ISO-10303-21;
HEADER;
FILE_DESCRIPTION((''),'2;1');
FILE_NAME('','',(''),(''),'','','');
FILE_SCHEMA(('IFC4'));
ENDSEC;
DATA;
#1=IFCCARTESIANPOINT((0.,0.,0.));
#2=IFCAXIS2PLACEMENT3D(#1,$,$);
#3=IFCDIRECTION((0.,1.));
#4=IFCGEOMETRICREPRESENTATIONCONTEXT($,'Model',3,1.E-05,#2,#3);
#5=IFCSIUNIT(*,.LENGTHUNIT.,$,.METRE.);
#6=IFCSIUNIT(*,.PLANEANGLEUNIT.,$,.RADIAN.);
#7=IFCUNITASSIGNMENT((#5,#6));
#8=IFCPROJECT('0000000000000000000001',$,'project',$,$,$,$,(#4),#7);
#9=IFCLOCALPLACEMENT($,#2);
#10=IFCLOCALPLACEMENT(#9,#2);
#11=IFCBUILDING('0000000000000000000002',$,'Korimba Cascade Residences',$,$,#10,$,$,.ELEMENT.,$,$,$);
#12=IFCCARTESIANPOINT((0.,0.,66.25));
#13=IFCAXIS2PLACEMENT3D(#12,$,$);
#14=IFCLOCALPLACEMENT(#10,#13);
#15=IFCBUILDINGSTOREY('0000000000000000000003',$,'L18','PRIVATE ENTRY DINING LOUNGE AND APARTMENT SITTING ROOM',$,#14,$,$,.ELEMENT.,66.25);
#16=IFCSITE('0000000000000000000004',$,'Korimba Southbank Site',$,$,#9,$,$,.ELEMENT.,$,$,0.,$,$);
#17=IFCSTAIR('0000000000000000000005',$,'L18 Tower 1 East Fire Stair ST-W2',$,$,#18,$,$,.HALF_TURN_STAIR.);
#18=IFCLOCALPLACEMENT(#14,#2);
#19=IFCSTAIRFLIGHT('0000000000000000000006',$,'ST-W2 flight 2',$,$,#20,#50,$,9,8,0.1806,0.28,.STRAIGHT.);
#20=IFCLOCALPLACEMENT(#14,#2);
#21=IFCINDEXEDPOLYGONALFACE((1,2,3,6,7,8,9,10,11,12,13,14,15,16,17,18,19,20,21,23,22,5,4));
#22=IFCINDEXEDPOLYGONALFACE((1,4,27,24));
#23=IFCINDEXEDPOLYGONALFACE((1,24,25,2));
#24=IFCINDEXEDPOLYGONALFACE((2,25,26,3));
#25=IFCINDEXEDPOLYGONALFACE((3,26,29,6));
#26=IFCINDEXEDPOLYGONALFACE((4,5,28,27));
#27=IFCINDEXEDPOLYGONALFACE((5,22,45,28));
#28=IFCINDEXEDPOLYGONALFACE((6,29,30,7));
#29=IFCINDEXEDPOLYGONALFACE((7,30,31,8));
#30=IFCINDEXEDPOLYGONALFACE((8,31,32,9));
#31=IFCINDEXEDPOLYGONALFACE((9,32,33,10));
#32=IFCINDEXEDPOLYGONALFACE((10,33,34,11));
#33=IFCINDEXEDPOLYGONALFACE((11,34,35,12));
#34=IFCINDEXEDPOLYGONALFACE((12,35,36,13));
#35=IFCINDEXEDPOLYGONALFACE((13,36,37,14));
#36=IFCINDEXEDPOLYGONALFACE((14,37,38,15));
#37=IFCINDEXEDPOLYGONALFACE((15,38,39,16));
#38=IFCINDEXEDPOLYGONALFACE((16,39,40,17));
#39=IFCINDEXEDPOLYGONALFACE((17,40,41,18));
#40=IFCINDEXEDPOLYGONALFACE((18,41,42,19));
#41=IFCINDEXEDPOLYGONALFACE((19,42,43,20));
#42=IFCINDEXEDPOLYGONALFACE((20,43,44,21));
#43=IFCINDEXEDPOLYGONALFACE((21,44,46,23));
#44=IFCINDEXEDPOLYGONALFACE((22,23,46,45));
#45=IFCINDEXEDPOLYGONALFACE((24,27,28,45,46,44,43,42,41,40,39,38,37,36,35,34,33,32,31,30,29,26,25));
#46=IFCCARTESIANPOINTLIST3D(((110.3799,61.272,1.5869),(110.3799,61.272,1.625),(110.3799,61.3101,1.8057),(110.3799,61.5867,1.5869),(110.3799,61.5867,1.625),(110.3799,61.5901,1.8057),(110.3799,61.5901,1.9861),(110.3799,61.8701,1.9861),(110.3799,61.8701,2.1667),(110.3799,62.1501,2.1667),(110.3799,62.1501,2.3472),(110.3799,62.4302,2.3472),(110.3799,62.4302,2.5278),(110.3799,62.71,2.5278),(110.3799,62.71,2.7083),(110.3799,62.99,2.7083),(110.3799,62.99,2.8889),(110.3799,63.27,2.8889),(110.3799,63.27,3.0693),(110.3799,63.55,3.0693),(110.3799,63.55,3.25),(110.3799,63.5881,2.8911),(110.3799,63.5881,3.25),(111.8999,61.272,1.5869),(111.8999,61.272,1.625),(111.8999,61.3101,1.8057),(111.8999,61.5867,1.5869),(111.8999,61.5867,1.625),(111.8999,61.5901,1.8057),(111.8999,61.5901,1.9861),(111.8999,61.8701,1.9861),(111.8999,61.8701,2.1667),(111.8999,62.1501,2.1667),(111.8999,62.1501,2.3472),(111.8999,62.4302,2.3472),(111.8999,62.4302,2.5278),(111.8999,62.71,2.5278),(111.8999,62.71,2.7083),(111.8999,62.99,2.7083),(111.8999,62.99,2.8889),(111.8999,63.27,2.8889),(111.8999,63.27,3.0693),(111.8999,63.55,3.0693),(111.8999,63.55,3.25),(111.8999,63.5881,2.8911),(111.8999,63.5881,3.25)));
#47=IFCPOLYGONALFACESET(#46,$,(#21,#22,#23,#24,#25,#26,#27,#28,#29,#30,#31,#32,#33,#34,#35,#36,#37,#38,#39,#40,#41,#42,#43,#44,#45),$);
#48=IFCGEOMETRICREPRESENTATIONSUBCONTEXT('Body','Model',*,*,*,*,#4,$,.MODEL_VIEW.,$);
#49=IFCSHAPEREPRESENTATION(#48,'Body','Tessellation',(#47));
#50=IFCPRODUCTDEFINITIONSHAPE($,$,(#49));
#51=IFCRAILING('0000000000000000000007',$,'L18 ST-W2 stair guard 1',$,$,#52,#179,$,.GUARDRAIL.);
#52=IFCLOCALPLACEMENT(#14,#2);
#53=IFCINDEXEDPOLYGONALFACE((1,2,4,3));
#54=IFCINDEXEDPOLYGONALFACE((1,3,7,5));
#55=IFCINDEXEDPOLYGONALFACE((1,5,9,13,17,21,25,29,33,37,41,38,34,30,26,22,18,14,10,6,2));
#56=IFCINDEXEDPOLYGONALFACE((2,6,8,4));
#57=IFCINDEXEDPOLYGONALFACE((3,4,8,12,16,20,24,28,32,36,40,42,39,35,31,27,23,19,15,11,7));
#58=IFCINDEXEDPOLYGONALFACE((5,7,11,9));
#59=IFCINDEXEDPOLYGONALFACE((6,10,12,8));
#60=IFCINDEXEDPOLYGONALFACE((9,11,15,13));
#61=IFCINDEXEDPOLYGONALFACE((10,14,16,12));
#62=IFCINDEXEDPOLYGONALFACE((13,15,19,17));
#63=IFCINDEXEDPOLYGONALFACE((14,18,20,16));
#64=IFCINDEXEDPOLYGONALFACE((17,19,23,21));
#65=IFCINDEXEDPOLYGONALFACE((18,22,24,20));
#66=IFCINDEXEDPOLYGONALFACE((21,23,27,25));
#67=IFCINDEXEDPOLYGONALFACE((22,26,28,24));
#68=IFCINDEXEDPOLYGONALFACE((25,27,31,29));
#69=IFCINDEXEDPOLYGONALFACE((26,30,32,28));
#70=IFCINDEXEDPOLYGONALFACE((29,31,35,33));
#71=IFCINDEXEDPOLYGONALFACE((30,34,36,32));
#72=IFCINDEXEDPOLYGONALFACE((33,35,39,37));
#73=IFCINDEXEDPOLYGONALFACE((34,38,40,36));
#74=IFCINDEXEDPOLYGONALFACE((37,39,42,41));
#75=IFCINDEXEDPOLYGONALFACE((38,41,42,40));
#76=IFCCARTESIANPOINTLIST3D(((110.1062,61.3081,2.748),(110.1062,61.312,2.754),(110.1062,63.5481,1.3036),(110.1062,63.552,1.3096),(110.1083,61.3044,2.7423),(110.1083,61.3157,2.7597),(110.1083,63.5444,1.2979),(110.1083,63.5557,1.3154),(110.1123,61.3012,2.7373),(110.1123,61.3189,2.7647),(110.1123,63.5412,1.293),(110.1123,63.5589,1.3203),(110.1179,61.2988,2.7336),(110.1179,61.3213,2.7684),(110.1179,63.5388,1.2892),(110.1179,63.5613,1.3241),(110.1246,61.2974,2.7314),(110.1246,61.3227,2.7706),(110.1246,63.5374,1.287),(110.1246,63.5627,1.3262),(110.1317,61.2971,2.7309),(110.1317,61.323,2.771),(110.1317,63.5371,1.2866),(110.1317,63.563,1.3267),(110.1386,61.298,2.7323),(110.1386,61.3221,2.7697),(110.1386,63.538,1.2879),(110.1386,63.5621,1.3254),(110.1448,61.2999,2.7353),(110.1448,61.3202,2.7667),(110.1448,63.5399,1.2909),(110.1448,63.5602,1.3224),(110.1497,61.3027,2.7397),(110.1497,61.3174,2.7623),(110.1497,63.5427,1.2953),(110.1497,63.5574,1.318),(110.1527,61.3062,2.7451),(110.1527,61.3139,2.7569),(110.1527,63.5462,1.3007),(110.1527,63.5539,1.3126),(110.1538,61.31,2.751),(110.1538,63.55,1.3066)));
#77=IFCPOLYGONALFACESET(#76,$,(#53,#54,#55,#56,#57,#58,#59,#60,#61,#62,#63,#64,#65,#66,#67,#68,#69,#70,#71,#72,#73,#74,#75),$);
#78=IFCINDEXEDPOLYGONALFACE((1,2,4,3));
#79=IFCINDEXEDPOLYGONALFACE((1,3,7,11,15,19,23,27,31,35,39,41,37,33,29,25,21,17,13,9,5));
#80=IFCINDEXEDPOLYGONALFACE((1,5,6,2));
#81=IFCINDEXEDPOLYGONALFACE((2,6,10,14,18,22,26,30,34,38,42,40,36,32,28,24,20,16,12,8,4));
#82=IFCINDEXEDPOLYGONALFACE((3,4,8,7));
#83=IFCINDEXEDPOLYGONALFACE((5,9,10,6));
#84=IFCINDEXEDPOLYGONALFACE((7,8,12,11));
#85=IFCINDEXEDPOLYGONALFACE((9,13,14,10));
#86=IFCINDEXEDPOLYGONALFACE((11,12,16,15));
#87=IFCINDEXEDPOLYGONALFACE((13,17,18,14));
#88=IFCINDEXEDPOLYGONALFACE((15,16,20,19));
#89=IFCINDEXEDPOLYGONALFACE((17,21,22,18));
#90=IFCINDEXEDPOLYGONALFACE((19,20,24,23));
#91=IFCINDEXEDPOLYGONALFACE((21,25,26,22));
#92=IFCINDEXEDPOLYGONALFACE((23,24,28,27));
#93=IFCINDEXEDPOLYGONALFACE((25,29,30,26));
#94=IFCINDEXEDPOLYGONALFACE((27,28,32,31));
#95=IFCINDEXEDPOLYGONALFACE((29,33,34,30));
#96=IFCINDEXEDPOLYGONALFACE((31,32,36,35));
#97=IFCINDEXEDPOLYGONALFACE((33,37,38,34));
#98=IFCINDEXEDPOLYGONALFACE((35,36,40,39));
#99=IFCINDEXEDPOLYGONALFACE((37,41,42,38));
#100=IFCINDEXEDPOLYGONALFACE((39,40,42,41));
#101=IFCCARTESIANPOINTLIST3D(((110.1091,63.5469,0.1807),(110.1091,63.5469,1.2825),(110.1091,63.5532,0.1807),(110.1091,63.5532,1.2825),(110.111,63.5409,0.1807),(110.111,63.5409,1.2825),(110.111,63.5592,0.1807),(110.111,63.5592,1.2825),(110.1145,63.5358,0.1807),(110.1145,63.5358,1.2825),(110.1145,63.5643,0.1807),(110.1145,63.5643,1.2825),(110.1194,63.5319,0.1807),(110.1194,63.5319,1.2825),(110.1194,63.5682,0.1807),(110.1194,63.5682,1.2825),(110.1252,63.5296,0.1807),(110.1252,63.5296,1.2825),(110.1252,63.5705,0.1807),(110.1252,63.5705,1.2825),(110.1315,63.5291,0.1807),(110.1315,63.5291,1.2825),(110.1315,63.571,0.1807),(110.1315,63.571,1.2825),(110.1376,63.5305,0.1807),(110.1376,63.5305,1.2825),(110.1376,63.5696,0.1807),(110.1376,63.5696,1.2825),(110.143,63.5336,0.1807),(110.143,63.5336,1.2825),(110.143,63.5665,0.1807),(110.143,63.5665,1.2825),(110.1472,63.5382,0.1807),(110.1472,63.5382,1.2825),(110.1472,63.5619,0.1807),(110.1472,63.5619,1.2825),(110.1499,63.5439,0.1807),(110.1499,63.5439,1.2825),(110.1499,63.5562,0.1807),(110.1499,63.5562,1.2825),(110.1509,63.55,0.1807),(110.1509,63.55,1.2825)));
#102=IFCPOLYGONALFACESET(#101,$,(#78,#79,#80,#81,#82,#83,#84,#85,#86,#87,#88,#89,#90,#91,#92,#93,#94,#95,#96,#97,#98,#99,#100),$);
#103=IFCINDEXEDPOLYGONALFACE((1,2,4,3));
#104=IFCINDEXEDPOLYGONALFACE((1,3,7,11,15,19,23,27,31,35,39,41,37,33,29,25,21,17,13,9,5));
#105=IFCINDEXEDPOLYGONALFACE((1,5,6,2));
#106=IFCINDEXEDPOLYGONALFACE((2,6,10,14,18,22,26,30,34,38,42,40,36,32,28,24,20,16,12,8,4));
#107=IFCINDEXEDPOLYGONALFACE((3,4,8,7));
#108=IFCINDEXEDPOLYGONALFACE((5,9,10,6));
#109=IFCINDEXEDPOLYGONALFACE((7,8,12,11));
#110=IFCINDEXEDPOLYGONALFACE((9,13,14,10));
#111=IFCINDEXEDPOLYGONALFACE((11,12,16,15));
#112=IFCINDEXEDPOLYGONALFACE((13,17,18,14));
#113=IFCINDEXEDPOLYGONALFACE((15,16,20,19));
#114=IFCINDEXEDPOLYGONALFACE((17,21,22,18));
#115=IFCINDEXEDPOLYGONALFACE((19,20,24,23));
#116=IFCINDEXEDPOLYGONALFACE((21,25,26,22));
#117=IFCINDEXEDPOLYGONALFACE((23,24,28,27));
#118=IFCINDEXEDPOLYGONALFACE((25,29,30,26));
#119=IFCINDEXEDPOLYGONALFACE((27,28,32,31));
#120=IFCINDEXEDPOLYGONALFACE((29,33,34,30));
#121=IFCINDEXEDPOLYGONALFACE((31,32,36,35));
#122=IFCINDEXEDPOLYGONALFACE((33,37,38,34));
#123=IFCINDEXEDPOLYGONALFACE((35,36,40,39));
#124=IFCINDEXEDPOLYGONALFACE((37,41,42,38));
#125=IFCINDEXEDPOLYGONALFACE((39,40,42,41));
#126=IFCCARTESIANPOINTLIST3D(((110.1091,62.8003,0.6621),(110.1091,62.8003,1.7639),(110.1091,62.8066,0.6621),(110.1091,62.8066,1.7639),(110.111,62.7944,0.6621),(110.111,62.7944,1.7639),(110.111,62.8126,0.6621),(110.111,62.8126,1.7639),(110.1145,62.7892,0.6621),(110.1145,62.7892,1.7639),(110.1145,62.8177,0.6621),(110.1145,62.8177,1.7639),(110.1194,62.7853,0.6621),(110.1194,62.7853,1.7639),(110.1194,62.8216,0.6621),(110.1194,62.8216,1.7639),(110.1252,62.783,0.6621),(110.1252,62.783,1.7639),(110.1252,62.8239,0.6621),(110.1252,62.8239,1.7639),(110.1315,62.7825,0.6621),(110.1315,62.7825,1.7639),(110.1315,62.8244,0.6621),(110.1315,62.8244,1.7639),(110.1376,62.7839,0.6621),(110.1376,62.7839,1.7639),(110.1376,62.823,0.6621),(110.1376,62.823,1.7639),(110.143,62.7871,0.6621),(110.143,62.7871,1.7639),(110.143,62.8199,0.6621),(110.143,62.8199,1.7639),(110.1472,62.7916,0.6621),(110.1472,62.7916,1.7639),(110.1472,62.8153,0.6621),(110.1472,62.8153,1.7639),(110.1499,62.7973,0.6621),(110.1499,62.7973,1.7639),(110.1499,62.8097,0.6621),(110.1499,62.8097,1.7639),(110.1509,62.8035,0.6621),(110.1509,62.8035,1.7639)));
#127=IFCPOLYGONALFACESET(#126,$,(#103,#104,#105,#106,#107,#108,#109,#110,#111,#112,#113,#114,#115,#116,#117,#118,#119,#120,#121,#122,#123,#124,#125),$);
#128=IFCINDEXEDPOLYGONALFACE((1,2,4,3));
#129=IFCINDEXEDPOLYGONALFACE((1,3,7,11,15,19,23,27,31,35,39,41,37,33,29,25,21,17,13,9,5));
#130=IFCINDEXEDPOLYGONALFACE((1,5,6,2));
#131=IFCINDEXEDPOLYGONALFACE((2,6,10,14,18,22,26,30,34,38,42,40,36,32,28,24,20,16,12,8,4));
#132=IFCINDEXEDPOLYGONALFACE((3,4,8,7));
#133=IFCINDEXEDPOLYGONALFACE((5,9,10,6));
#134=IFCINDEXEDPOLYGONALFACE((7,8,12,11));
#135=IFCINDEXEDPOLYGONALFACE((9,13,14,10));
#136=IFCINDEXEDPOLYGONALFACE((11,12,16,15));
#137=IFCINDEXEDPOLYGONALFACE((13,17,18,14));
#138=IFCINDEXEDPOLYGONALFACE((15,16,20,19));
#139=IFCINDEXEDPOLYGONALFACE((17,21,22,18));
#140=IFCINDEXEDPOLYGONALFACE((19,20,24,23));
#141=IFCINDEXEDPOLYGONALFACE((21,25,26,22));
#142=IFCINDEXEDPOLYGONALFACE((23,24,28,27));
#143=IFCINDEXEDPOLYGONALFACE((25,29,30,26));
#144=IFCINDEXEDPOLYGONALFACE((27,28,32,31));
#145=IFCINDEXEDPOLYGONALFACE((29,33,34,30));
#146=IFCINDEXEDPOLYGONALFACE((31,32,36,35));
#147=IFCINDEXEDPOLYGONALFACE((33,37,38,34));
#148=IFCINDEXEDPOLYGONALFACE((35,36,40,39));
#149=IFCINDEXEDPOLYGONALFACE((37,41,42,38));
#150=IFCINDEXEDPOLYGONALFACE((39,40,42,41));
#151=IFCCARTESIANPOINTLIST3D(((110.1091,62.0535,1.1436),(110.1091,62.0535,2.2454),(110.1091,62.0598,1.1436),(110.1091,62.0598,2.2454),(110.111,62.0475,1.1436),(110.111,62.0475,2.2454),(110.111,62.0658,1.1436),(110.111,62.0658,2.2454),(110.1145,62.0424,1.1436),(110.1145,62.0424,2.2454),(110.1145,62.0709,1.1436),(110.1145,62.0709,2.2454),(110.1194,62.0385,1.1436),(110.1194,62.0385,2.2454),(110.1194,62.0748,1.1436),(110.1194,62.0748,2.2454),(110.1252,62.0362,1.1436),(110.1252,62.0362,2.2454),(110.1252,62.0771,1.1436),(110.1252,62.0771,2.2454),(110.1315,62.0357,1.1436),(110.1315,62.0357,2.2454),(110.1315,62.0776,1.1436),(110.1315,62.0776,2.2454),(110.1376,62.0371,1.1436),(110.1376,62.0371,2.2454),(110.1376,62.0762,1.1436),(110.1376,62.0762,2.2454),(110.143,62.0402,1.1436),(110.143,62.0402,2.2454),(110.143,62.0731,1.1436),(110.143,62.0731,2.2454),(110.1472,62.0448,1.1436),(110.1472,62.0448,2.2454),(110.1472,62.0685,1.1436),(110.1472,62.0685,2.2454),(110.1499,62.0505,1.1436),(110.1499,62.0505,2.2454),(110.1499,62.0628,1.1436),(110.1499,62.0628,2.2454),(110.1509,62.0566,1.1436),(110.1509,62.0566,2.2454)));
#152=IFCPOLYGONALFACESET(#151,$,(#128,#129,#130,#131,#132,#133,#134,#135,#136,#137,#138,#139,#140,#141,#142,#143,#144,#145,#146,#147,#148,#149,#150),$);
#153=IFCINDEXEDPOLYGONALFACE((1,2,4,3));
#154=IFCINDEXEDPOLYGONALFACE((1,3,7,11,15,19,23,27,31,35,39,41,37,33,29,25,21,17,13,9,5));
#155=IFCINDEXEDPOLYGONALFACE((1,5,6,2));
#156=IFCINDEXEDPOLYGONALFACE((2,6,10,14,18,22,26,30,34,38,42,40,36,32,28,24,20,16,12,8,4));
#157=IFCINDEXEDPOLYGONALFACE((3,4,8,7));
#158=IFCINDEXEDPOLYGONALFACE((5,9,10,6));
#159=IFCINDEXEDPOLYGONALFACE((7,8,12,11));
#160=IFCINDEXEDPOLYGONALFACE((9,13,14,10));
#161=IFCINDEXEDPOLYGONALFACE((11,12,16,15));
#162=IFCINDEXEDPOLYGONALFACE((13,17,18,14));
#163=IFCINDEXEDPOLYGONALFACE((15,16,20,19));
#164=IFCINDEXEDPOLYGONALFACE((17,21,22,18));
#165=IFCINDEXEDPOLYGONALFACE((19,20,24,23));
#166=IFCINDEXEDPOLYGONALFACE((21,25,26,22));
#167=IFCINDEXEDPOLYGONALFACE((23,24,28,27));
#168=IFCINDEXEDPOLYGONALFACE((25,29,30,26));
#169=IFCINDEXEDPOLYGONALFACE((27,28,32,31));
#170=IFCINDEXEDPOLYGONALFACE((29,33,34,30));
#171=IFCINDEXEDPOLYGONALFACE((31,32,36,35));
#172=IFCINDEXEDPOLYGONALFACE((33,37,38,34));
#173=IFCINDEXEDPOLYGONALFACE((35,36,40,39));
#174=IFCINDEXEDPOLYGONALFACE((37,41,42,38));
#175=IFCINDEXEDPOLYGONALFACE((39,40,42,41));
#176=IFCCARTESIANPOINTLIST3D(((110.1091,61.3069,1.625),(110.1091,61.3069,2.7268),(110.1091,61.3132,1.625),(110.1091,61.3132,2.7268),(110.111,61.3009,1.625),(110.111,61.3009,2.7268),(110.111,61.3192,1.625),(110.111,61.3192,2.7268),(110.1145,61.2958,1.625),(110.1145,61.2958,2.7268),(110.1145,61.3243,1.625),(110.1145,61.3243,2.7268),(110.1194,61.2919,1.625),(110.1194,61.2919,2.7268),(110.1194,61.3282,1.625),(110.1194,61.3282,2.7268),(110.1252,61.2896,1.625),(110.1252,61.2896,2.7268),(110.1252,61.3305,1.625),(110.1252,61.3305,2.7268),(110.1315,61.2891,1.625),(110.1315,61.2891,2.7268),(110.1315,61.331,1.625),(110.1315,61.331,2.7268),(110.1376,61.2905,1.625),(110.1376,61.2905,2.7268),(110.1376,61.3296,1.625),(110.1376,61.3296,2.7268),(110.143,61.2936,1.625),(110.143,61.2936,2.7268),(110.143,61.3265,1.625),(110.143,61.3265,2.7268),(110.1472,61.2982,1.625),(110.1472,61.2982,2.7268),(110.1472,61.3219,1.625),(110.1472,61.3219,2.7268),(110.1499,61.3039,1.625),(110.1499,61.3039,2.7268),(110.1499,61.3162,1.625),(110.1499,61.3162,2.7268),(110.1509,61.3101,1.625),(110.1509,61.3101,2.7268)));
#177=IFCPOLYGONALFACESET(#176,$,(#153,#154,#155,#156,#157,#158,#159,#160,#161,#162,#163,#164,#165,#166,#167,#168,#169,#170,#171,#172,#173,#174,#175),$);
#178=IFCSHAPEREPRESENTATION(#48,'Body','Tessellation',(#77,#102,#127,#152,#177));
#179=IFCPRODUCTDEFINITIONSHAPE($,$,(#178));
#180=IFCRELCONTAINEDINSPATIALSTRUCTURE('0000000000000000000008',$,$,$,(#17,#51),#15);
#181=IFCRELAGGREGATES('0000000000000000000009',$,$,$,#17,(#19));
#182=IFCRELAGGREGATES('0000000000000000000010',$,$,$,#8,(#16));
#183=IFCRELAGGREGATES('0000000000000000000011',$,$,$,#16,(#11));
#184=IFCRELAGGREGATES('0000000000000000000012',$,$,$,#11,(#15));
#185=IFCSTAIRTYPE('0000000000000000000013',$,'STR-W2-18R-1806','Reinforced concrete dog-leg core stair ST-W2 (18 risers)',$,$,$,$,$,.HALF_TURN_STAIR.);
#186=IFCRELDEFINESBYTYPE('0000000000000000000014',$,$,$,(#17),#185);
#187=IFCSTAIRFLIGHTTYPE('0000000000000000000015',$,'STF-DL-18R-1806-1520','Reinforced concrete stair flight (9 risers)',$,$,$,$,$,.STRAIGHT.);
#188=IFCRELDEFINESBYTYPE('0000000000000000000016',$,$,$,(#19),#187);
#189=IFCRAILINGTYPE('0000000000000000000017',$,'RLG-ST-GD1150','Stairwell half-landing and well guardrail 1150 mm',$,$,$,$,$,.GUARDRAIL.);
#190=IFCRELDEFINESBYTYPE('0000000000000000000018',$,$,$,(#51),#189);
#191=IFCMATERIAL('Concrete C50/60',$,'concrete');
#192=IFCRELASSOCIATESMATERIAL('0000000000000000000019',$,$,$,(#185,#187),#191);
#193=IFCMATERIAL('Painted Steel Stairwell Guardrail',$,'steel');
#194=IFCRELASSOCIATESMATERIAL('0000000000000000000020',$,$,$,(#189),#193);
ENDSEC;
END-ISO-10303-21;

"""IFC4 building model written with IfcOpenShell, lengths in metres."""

from ifc_helpers import new_model, si_unit, direction, frame, origin, origin_2d, place, context, subcontext, project, spatial, polyline, circle, outline, extrude, material, type_object, element, aggregate, save


model = new_model("IFC4")

# Units and contexts
model_context = context("Model", 3, precision=1e-05, world=origin(), true_north=direction((0.0, 1.0)))
body_context = subcontext(model_context, "Body", "Model", "MODEL_VIEW")
ifc_project = project(units=[si_unit("LENGTHUNIT", "METRE"), si_unit("PLANEANGLEUNIT", "RADIAN")], contexts=[model_context])

# Site, building, storey
site_placement = place(None, origin())
site = spatial("IfcSite", under=ifc_project, at=site_placement, Name="Korimba Southbank Site", CompositionType="ELEMENT", RefElevation=0.0)
building_placement = place(site_placement, origin())
building = spatial("IfcBuilding", under=site, at=building_placement, Name="Korimba Cascade Residences", CompositionType="ELEMENT")
storey_placement = place(building_placement, frame((0.0, 0.0, 66.25)))
storey = spatial("IfcBuildingStorey", under=building, at=storey_placement, Name="L18", Description="PRIVATE ENTRY DINING LOUNGE AND APARTMENT SITTING ROOM", CompositionType="ELEMENT", Elevation=66.25)

# Shared definitions
ifc_material_1 = material(Name="Concrete C50/60", Category="concrete")

# Stair, stair flight
stair_type = type_object("IfcStairType", Name="STR-W2-18R-1806", Description="Reinforced concrete dog-leg core stair ST-W2 (18 risers)", PredefinedType="HALF_TURN_STAIR", material=ifc_material_1)
stair_placement = place(storey_placement, origin())
stair = element("IfcStair", 1, at=stair_placement, inside=storey, type_object=stair_type, Name="L18 Tower 1 East Fire Stair ST-W2", PredefinedType="HALF_TURN_STAIR")
stair_flight_type = type_object("IfcStairFlightType", Name="STF-DL-18R-1806-1520", Description="Reinforced concrete stair flight (9 risers)", PredefinedType="STRAIGHT", material=ifc_material_1)
stair_flight_1_placement = place(storey_placement, frame((111.1399, 61.3101, 1.625), z_axis=(0.0, 0.0, 1.0), x_axis=(0.0, 1.0, 0.0)))
stair_flight_1 = element("IfcStairFlight", 2, at=stair_flight_1_placement, type_object=stair_flight_type, Name="ST-W2 flight 2", NumberOfRisers=9, NumberOfTreads=8, PredefinedType="STRAIGHT", RiserHeight=0.1806, TreadLength=0.28, context=body_context, shape_type="SweptSolid", body=[
    extrude(outline(polyline([(-0.0381, 0.0), (0.0, 0.1807), (0.28, 0.1807), (0.28, 0.3611), (0.5601, 0.3611), (0.5601, 0.5417), (0.8401, 0.5417), (0.8401, 0.7222), (1.1201, 0.7222), (1.1201, 0.9028), (1.3999, 0.9028), (1.3999, 1.0833), (1.6799, 1.0833), (1.6799, 1.2639), (1.96, 1.2639), (1.96, 1.4443), (2.24, 1.4443), (2.24, 1.625), (2.2781, 1.625), (2.2781, 1.2661), (0.2766, 0.0), (0.2766, -0.0381), (-0.0381, -0.0381), (-0.0381, 0.0)])), frame((0.0, 0.76, 0.0), z_axis=(0.0, -1.0, 0.0), x_axis=(1.0, 0.0, 0.0)), (0.0, 0.0, 1.0), 1.52),
])
aggregate(stair, [stair_flight_1])

# Railing
ifc_material_2 = material(Name="Painted Steel Stairwell Guardrail", Category="steel")
railing_type_1 = type_object("IfcRailingType", Name="RLG-ST-GD1150", Description="Stairwell half-landing and well guardrail 1150 mm", PredefinedType="GUARDRAIL", material=ifc_material_2)
railing_1_placement = place(storey_placement, frame((110.1299, 63.55, 0.1807)))
element("IfcRailing", 3, at=railing_1_placement, inside=storey, type_object=railing_type_1, Name="L18 ST-W2 stair guard 1", PredefinedType="GUARDRAIL", context=body_context, shape_type="SweptSolid", body=[
    extrude(circle(Radius=0.0239, at=origin_2d()), frame((0.0, 0.0, 1.126), z_axis=(0.0, -0.840437, 0.54191), x_axis=(1.0, 0.0, 0.0)), (0.0, 0.0, 1.0), 2.6653),
    extrude(circle(Radius=0.021, at=origin_2d()), origin(), (0.0, 0.0, 1.0), 1.1018),
    extrude(circle(Radius=0.021, at=origin_2d()), frame((0.0, -0.7466, 0.4814)), (0.0, 0.0, 1.0), 1.1018),
    extrude(circle(Radius=0.021, at=origin_2d()), frame((0.0, -1.4934, 0.9629)), (0.0, 0.0, 1.0), 1.1018),
    extrude(circle(Radius=0.021, at=origin_2d()), frame((0.0, -2.24, 1.4443)), (0.0, 0.0, 1.0), 1.1018),
])

save(model, "model.ifc")
